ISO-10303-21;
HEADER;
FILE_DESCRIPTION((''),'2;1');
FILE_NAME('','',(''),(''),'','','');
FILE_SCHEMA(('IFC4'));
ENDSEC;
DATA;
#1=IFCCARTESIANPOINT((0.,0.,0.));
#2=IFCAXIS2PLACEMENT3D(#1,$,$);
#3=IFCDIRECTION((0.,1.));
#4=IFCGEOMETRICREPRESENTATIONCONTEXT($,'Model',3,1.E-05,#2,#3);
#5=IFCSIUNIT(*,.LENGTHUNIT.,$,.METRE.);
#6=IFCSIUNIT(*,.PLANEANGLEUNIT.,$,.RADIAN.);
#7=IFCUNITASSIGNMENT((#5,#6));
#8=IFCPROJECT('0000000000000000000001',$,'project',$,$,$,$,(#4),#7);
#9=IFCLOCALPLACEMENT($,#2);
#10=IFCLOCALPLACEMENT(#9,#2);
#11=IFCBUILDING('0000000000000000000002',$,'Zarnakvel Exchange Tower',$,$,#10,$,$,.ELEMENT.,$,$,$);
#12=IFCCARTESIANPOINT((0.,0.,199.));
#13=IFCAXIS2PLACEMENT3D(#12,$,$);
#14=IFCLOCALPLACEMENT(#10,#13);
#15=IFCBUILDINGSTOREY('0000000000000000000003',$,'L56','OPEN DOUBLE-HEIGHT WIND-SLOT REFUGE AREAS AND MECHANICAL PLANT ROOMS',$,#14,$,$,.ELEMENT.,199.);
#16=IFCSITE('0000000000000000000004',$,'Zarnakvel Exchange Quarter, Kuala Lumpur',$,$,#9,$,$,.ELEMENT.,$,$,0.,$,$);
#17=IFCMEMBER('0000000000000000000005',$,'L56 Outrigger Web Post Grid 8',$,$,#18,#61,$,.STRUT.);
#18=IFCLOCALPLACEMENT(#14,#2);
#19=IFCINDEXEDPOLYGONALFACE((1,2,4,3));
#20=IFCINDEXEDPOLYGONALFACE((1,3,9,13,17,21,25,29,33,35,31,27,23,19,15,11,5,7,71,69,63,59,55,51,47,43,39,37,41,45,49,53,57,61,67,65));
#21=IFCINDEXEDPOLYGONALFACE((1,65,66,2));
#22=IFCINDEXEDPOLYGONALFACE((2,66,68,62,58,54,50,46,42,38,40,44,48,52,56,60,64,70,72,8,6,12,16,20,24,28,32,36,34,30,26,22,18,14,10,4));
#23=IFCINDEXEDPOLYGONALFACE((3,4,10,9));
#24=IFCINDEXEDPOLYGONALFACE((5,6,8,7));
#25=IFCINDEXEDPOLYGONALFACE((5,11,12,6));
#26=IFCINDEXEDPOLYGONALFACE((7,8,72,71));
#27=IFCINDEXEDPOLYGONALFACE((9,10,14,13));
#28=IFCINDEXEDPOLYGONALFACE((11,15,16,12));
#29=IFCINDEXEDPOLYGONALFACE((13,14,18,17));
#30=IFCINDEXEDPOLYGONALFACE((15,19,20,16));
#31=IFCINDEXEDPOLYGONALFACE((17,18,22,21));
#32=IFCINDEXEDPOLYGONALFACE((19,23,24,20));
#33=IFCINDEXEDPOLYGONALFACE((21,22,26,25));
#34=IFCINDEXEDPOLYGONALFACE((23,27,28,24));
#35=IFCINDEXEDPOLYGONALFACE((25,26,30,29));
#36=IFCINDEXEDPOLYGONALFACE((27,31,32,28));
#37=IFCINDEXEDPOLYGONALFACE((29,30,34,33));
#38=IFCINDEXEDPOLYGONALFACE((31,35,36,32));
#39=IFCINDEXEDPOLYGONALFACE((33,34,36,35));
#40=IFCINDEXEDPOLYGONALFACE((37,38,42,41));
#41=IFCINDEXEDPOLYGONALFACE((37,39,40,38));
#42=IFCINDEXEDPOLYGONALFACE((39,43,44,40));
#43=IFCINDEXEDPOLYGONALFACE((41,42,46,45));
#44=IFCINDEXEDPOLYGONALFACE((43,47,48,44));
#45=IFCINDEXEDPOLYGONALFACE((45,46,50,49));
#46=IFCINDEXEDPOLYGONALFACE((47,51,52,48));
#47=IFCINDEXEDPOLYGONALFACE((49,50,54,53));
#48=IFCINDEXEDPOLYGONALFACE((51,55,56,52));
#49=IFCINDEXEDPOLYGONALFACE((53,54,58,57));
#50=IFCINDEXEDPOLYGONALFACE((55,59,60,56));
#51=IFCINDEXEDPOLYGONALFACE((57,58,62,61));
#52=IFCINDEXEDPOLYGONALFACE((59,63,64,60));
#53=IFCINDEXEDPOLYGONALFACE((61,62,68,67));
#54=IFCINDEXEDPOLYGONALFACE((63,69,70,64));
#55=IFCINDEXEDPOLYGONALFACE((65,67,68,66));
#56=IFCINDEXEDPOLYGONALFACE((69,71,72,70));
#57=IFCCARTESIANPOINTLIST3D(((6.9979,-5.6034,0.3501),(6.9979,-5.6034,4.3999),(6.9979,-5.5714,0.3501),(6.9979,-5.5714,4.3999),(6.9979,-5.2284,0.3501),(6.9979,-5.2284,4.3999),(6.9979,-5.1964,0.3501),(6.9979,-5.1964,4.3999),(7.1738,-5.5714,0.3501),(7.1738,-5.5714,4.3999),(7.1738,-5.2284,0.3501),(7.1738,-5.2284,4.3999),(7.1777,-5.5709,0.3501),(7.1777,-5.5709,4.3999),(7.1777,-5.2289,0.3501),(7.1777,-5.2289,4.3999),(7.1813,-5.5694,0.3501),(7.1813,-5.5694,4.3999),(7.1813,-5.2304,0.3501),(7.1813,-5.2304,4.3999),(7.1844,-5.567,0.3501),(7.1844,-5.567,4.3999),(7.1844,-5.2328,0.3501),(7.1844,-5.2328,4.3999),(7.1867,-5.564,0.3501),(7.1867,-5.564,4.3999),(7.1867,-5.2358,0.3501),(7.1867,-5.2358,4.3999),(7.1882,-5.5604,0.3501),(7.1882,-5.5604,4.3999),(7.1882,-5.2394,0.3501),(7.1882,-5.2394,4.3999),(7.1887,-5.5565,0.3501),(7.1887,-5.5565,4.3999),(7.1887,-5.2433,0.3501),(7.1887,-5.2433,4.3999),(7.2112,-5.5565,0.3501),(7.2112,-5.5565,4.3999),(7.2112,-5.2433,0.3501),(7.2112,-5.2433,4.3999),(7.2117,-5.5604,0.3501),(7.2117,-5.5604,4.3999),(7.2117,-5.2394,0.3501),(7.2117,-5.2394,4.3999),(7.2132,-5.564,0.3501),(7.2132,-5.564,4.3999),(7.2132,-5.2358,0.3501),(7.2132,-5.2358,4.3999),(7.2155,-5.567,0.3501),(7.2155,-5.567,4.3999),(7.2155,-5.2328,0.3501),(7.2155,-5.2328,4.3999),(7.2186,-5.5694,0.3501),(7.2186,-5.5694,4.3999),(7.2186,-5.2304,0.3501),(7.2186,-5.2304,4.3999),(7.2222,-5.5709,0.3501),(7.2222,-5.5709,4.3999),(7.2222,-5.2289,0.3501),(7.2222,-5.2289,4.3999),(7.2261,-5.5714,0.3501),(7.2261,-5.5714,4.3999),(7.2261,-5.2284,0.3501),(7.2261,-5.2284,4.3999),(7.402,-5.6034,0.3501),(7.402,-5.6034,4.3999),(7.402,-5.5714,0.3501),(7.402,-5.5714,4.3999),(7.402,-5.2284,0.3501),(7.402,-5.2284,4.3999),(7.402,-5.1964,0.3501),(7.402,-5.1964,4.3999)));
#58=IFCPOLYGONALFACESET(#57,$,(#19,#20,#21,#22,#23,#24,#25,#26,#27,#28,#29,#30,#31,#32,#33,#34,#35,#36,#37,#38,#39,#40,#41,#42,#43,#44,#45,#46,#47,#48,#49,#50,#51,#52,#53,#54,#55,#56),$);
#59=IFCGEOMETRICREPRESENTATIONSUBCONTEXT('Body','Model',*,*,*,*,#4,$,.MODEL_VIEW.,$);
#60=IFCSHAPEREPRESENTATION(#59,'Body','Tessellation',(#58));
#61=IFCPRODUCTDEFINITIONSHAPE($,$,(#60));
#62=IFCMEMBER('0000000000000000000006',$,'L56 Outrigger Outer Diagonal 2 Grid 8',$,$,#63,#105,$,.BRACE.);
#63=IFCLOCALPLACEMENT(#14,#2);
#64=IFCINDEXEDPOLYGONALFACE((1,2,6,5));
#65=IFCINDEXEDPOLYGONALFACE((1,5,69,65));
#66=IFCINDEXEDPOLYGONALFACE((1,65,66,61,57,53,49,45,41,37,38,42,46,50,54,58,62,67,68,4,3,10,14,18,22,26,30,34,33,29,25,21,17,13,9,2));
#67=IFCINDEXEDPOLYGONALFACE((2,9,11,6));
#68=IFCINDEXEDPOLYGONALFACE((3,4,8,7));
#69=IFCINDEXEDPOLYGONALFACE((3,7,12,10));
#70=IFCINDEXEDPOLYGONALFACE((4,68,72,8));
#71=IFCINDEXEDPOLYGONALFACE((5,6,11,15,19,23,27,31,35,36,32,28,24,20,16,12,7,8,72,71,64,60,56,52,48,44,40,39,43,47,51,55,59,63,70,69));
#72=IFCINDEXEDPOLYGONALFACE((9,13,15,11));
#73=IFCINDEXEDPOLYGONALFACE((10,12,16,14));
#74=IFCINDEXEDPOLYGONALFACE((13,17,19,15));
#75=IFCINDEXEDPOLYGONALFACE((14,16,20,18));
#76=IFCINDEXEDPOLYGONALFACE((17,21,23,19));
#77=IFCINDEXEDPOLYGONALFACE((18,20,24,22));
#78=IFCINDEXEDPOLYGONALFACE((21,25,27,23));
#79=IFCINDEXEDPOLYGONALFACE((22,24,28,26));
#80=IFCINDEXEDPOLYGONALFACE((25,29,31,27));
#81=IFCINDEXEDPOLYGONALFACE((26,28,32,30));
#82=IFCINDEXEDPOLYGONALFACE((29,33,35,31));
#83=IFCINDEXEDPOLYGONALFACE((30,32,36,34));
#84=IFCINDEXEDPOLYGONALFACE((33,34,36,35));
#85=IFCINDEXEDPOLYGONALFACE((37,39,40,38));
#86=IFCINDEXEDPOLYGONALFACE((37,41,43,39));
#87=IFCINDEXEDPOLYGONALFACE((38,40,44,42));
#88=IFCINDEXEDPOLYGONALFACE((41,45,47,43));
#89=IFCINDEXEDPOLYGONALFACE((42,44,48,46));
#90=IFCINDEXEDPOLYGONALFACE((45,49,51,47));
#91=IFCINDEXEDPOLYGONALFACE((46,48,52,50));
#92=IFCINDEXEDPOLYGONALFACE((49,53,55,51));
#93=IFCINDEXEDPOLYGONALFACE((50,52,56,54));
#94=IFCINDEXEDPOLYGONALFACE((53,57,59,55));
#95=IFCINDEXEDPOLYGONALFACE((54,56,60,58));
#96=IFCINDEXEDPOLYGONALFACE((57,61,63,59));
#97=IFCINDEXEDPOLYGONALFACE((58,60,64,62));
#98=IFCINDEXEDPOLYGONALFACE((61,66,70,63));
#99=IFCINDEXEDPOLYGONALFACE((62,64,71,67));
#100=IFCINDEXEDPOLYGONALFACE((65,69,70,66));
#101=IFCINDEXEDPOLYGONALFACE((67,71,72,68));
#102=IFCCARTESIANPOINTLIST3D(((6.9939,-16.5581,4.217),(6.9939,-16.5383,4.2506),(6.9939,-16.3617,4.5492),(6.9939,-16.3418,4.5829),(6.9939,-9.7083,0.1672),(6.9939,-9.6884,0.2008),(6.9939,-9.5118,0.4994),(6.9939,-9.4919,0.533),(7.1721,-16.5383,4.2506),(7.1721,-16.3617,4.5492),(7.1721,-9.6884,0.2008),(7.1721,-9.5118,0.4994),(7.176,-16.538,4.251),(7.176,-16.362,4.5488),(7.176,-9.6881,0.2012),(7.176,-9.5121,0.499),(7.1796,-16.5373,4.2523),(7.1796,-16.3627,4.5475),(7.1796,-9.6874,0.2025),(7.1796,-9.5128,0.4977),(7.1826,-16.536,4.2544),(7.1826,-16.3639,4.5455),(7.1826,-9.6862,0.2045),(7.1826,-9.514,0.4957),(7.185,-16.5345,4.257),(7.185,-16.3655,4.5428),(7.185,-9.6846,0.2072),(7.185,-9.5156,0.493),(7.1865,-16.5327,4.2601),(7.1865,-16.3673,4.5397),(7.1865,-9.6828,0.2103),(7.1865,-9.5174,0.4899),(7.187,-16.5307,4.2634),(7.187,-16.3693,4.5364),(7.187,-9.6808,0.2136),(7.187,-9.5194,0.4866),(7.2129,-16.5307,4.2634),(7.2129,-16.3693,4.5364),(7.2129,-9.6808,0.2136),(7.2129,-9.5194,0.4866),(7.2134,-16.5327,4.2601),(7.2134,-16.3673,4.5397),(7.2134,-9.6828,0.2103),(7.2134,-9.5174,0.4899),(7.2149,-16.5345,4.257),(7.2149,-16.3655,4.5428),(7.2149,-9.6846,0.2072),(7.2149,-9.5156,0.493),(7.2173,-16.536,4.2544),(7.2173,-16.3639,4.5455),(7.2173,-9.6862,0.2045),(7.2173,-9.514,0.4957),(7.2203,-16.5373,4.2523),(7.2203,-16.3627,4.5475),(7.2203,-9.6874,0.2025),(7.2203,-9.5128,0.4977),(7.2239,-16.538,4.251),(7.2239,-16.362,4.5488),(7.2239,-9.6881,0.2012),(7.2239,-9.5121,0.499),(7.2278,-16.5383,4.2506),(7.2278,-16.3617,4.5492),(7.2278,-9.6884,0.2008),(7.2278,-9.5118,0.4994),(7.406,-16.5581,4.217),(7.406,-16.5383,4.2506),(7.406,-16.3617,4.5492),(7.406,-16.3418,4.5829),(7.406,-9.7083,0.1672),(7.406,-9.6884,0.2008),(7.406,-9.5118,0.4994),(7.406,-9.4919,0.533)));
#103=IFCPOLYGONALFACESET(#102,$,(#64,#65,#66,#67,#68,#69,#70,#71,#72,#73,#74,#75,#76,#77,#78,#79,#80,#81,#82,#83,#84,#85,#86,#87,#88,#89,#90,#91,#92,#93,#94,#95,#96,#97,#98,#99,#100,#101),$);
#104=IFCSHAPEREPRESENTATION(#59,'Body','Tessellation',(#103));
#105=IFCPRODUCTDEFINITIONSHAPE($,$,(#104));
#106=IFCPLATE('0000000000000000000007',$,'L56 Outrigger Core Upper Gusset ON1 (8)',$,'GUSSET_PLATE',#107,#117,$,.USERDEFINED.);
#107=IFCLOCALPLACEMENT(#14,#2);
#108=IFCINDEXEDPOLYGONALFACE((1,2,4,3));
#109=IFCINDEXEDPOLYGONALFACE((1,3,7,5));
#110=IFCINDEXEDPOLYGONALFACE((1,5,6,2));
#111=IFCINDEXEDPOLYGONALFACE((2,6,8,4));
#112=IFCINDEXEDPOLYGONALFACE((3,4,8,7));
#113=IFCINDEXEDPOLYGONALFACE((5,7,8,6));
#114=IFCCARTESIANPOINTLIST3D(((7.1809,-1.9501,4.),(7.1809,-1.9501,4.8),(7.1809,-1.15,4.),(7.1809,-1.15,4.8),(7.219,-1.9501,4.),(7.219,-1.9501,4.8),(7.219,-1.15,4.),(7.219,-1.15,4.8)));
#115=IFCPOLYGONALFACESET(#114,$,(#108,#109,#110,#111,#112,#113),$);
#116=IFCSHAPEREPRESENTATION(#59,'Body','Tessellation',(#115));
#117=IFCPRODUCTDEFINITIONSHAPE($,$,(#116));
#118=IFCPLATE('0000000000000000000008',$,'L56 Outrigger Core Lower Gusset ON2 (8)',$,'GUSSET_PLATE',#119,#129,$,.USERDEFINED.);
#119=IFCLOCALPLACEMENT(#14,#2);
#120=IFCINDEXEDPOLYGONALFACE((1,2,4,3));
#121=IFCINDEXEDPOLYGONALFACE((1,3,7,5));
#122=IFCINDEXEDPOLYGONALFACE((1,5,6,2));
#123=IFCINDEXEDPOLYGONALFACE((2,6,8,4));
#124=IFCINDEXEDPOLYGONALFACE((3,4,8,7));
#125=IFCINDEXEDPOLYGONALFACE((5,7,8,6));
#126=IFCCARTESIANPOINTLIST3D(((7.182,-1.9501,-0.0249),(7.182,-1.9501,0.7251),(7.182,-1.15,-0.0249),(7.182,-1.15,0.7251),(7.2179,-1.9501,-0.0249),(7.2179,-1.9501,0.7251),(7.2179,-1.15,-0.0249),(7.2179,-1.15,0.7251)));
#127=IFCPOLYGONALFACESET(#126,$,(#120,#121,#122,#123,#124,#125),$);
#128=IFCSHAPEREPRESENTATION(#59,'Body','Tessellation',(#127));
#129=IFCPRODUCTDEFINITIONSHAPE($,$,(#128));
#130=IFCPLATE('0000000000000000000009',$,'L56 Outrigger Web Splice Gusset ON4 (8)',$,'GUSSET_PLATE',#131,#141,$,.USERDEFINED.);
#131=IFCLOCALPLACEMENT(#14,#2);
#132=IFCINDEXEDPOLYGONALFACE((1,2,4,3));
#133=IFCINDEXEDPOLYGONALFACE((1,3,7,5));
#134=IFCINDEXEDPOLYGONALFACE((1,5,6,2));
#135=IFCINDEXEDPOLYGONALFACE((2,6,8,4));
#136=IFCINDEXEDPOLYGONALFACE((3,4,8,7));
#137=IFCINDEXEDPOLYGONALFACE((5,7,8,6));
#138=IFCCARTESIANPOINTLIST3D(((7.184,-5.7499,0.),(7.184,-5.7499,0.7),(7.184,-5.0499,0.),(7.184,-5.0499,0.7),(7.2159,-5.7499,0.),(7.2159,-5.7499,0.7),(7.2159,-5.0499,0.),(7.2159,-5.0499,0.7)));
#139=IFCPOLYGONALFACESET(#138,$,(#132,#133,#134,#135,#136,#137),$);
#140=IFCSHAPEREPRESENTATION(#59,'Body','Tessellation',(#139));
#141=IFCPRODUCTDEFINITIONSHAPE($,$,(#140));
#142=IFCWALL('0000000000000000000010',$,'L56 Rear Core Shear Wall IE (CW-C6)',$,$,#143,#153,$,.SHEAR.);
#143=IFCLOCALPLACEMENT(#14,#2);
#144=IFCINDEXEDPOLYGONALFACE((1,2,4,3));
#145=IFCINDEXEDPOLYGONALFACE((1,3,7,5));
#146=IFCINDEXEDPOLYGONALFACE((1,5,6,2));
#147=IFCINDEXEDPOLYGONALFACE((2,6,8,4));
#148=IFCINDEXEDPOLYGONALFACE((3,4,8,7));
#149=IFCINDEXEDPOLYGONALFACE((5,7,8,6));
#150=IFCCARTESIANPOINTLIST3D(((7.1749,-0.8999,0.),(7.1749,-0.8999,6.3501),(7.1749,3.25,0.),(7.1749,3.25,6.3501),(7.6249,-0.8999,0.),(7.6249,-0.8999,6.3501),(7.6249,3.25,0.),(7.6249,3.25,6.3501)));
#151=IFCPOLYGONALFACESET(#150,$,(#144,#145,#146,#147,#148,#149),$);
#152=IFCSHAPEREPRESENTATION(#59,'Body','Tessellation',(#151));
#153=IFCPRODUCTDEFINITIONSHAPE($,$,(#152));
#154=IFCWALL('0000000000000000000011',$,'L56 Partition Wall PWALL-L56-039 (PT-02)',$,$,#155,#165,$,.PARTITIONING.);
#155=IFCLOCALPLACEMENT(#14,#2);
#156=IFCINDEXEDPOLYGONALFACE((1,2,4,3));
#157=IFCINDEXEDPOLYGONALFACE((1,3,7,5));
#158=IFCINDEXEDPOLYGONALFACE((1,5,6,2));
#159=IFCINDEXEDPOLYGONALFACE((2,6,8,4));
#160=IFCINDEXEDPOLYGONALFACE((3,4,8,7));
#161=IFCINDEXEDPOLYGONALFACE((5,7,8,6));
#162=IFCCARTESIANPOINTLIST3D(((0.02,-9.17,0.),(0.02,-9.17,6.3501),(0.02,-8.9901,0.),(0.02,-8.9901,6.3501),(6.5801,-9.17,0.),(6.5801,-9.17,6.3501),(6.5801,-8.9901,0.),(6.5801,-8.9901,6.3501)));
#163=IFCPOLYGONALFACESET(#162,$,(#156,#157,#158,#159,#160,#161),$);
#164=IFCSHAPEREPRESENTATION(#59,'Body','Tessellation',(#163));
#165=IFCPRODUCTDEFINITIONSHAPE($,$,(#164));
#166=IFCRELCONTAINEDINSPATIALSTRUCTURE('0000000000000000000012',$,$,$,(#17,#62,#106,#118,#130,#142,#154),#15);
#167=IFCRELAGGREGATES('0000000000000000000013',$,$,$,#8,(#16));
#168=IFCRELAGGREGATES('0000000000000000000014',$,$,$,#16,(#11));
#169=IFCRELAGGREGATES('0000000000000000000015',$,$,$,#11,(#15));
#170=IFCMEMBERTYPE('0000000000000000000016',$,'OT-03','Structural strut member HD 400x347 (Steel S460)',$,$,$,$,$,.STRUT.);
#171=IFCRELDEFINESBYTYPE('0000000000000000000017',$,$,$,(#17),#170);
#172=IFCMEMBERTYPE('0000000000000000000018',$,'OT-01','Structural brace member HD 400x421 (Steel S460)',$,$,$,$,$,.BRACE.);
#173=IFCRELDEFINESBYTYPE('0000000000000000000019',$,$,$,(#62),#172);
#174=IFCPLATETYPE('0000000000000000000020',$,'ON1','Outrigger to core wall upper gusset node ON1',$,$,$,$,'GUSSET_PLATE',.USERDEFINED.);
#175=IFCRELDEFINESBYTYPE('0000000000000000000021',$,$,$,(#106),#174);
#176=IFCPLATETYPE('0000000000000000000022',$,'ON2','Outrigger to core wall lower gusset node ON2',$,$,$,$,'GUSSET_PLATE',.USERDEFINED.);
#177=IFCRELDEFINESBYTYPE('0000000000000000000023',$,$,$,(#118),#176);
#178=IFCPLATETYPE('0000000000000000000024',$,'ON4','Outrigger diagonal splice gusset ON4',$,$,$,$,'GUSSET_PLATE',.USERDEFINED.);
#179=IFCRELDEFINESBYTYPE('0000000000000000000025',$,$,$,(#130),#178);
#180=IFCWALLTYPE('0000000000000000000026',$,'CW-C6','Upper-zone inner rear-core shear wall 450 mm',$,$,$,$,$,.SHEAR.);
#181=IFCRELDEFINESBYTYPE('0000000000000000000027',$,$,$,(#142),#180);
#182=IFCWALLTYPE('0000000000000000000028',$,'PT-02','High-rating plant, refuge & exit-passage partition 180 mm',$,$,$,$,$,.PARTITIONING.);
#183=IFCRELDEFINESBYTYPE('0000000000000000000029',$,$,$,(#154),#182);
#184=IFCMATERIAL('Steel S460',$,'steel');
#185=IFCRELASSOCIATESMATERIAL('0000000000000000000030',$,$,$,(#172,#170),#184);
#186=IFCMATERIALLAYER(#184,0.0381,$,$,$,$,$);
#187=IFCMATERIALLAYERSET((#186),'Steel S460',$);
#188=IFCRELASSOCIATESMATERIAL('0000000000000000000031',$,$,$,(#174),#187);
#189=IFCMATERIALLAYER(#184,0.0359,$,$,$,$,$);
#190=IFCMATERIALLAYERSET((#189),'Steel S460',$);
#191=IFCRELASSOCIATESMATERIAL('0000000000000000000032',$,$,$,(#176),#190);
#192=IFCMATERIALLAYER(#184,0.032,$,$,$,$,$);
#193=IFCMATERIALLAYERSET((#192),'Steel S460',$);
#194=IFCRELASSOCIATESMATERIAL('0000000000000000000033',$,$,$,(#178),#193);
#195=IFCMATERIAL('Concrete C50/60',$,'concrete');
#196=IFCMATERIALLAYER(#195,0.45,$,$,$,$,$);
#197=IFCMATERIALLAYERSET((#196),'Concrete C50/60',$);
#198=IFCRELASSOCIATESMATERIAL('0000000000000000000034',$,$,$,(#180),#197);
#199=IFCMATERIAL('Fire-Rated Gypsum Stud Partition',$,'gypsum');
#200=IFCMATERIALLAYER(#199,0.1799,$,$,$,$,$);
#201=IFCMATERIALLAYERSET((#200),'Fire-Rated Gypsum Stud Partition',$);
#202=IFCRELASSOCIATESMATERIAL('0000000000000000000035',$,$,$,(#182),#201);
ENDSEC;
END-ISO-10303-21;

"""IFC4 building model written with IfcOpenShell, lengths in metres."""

from ifc_helpers import new_model, si_unit, direction, frame, frame_2d, origin, origin_2d, place, context, subcontext, project, spatial, rectangle, i_section, extrude, source, transform, mapped, material, layer, layer_set, material_profile, profile_set, type_object, element, save


model = new_model("IFC4")

# Units and contexts
model_context = context("Model", 3, precision=1e-05, world=origin(), true_north=direction((0.0, 1.0)))
body_context = subcontext(model_context, "Body", "Model", "MODEL_VIEW")
ifc_project = project(units=[si_unit("LENGTHUNIT", "METRE"), si_unit("PLANEANGLEUNIT", "RADIAN")], contexts=[model_context])

# Site, building, storey
site_placement = place(None, origin())
site = spatial("IfcSite", under=ifc_project, at=site_placement, Name="Zarnakvel Exchange Quarter, Kuala Lumpur", CompositionType="ELEMENT", RefElevation=0.0)
building_placement = place(site_placement, origin())
building = spatial("IfcBuilding", under=site, at=building_placement, Name="Zarnakvel Exchange Tower", CompositionType="ELEMENT")
storey_placement = place(building_placement, frame((0.0, 0.0, 199.0)))
storey = spatial("IfcBuildingStorey", under=building, at=storey_placement, Name="L56", Description="OPEN DOUBLE-HEIGHT WIND-SLOT REFUGE AREAS AND MECHANICAL PLANT ROOMS", CompositionType="ELEMENT", Elevation=199.0)

# Shared definitions
ifc_material_1 = material(Name="Concrete C50/60", Category="concrete")

# Members
ifc_material_2 = material(Name="Steel S460", Category="steel")
ifc_material_profile_1 = material_profile(ifc_material_2, i_section(OverallWidth=0.4121, OverallDepth=0.425, WebThickness=0.0259, FlangeThickness=0.0391, FilletRadius=0.0149, at=origin_2d()))
ifc_profile_set_1 = profile_set([ifc_material_profile_1], Name="Steel S460")
member_type_1 = type_object("IfcMemberType", Name="OT-01", Description="Structural brace member HD 400x421 (Steel S460)", PredefinedType="BRACE", material=ifc_profile_set_1)
ifc_material_profile_2 = material_profile(ifc_material_2, i_section(OverallWidth=0.4041, OverallDepth=0.407, WebThickness=0.0225, FlangeThickness=0.032, FilletRadius=0.0149, at=origin_2d()))
ifc_profile_set_2 = profile_set([ifc_material_profile_2], Name="Steel S460")
member_type_2 = type_object("IfcMemberType", Name="OT-03", Description="Structural strut member HD 400x347 (Steel S460)", PredefinedType="STRUT", material=ifc_profile_set_2)
shared_shape_1 = source(origin(), body_context, "Body", "SweptSolid", [
    extrude(i_section(OverallWidth=0.4041, OverallDepth=0.407, WebThickness=0.0225, FlangeThickness=0.032, FilletRadius=0.0149, at=origin_2d()), origin(), (0.0, 0.0, 1.0), 4.0498),
])
member_1_placement = place(storey_placement, frame((7.2, -5.3999, 0.3501), z_axis=(0.0, 0.0, 1.0), x_axis=(1.0, 0.0, 0.0)))
element("IfcMember", 1, at=member_1_placement, inside=storey, type_object=member_type_2, Name="L56 Outrigger Web Post Grid 8", PredefinedType="STRUT", context=body_context, shape_type="MappedRepresentation", body=[
    mapped(shared_shape_1, transform((0.0, 0.0, 0.0), x_axis=(1.0, 0.0, 0.0), y_axis=(0.0, 1.0, 0.0), z_axis=(0.0, 0.0, 1.0), scale=1.0)),
])
shared_shape_2 = source(origin(), body_context, "Body", "SweptSolid", [
    extrude(i_section(OverallWidth=0.4121, OverallDepth=0.425, WebThickness=0.0259, FlangeThickness=0.0391, FilletRadius=0.0149, at=origin_2d()), origin(), (0.0, 0.0, 1.0), 7.9575),
])
member_2_placement = place(storey_placement, frame((7.2, -9.6001, 0.3501), z_axis=(0.0, -0.860807, 0.508931), x_axis=(1.0, 0.0, 0.0)))
element("IfcMember", 2, at=member_2_placement, inside=storey, type_object=member_type_1, Name="L56 Outrigger Outer Diagonal 2 Grid 8", PredefinedType="BRACE", context=body_context, shape_type="MappedRepresentation", body=[
    mapped(shared_shape_2, transform((0.0, 0.0, 0.0), x_axis=(1.0, 0.0, 0.0), y_axis=(0.0, 1.0, 0.0), z_axis=(0.0, 0.0, 1.0), scale=1.0)),
])

# Plates
ifc_layer_1 = layer(ifc_material_2, 0.0381)
ifc_layer_set_1 = layer_set([ifc_layer_1], Name="Steel S460")
plate_type_1 = type_object("IfcPlateType", Name="ON1", Description="Outrigger to core wall upper gusset node ON1", ElementType="GUSSET_PLATE", PredefinedType="USERDEFINED", material=ifc_layer_set_1)
shared_shape_3 = source(origin(), body_context, "Body", "SweptSolid", [
    extrude(rectangle(XDim=0.0381, YDim=0.8, at=origin_2d()), origin(), (0.0, 0.0, 1.0), 0.8),
])
plate_1_placement = place(storey_placement, frame((7.2, -1.55, 4.0), z_axis=(0.0, 0.0, 1.0), x_axis=(1.0, 0.0, 0.0)))
element("IfcPlate", 3, at=plate_1_placement, inside=storey, type_object=plate_type_1, Name="L56 Outrigger Core Upper Gusset ON1 (8)", ObjectType="GUSSET_PLATE", PredefinedType="USERDEFINED", context=body_context, shape_type="MappedRepresentation", body=[
    mapped(shared_shape_3, transform((0.0, 0.0, 0.0), x_axis=(1.0, 0.0, 0.0), y_axis=(0.0, 1.0, 0.0), z_axis=(0.0, 0.0, 1.0), scale=1.0)),
])
ifc_layer_2 = layer(ifc_material_2, 0.0359)
ifc_layer_set_2 = layer_set([ifc_layer_2], Name="Steel S460")
plate_type_2 = type_object("IfcPlateType", Name="ON2", Description="Outrigger to core wall lower gusset node ON2", ElementType="GUSSET_PLATE", PredefinedType="USERDEFINED", material=ifc_layer_set_2)
shared_shape_4 = source(origin(), body_context, "Body", "SweptSolid", [
    extrude(rectangle(XDim=0.0359, YDim=0.8, at=origin_2d()), origin(), (0.0, 0.0, 1.0), 0.75),
])
plate_2_placement = place(storey_placement, frame((7.2, -1.55, -0.0249), z_axis=(0.0, 0.0, 1.0), x_axis=(1.0, 0.0, 0.0)))
element("IfcPlate", 4, at=plate_2_placement, inside=storey, type_object=plate_type_2, Name="L56 Outrigger Core Lower Gusset ON2 (8)", ObjectType="GUSSET_PLATE", PredefinedType="USERDEFINED", context=body_context, shape_type="MappedRepresentation", body=[
    mapped(shared_shape_4, transform((0.0, 0.0, 0.0), x_axis=(1.0, 0.0, 0.0), y_axis=(0.0, 1.0, 0.0), z_axis=(0.0, 0.0, 1.0), scale=1.0)),
])
ifc_layer_3 = layer(ifc_material_2, 0.032)
ifc_layer_set_3 = layer_set([ifc_layer_3], Name="Steel S460")
plate_type_3 = type_object("IfcPlateType", Name="ON4", Description="Outrigger diagonal splice gusset ON4", ElementType="GUSSET_PLATE", PredefinedType="USERDEFINED", material=ifc_layer_set_3)
shared_shape_5 = source(origin(), body_context, "Body", "SweptSolid", [
    extrude(rectangle(XDim=0.032, YDim=0.7, at=origin_2d()), origin(), (0.0, 0.0, 1.0), 0.7),
])
plate_3_placement = place(storey_placement, frame((7.2, -5.3999, 0.0), z_axis=(0.0, 0.0, 1.0), x_axis=(1.0, 0.0, 0.0)))
element("IfcPlate", 5, at=plate_3_placement, inside=storey, type_object=plate_type_3, Name="L56 Outrigger Web Splice Gusset ON4 (8)", ObjectType="GUSSET_PLATE", PredefinedType="USERDEFINED", context=body_context, shape_type="MappedRepresentation", body=[
    mapped(shared_shape_5, transform((0.0, 0.0, 0.0), x_axis=(1.0, 0.0, 0.0), y_axis=(0.0, 1.0, 0.0), z_axis=(0.0, 0.0, 1.0), scale=1.0)),
])

# Walls
ifc_layer_4 = layer(ifc_material_1, 0.45)
ifc_layer_set_4 = layer_set([ifc_layer_4], Name="Concrete C50/60")
wall_type_1 = type_object("IfcWallType", Name="CW-C6", Description="Upper-zone inner rear-core shear wall 450 mm", PredefinedType="SHEAR", material=ifc_layer_set_4)
wall_1_placement = place(storey_placement, frame((7.3999, -0.8999, 0.0), z_axis=(0.0, 0.0, 1.0), x_axis=(0.0, 1.0, 0.0)))
element("IfcWall", 6, at=wall_1_placement, inside=storey, type_object=wall_type_1, Name="L56 Rear Core Shear Wall IE (CW-C6)", PredefinedType="SHEAR", context=body_context, shape_type="SweptSolid", body=[
    extrude(rectangle(XDim=4.1499, YDim=0.45, at=frame_2d((2.075, 0.0))), origin(), (0.0, 0.0, 1.0), 6.3501),
])
ifc_material_3 = material(Name="Fire-Rated Gypsum Stud Partition", Category="gypsum")
ifc_layer_5 = layer(ifc_material_3, 0.1799)
ifc_layer_set_5 = layer_set([ifc_layer_5], Name="Fire-Rated Gypsum Stud Partition")
wall_type_2 = type_object("IfcWallType", Name="PT-02", Description="High-rating plant, refuge & exit-passage partition 180 mm", PredefinedType="PARTITIONING", material=ifc_layer_set_5)
wall_2_placement = place(storey_placement, frame((6.5801, -9.0801, 0.0), z_axis=(0.0, 0.0, 1.0), x_axis=(-1.0, 0.0, 0.0)))
element("IfcWall", 7, at=wall_2_placement, inside=storey, type_object=wall_type_2, Name="L56 Partition Wall PWALL-L56-039 (PT-02)", PredefinedType="PARTITIONING", context=body_context, shape_type="SweptSolid", body=[
    extrude(rectangle(XDim=6.5601, YDim=0.1799, at=frame_2d((3.28, 0.0))), origin(), (0.0, 0.0, 1.0), 6.3501),
])

save(model, "model.ifc")
